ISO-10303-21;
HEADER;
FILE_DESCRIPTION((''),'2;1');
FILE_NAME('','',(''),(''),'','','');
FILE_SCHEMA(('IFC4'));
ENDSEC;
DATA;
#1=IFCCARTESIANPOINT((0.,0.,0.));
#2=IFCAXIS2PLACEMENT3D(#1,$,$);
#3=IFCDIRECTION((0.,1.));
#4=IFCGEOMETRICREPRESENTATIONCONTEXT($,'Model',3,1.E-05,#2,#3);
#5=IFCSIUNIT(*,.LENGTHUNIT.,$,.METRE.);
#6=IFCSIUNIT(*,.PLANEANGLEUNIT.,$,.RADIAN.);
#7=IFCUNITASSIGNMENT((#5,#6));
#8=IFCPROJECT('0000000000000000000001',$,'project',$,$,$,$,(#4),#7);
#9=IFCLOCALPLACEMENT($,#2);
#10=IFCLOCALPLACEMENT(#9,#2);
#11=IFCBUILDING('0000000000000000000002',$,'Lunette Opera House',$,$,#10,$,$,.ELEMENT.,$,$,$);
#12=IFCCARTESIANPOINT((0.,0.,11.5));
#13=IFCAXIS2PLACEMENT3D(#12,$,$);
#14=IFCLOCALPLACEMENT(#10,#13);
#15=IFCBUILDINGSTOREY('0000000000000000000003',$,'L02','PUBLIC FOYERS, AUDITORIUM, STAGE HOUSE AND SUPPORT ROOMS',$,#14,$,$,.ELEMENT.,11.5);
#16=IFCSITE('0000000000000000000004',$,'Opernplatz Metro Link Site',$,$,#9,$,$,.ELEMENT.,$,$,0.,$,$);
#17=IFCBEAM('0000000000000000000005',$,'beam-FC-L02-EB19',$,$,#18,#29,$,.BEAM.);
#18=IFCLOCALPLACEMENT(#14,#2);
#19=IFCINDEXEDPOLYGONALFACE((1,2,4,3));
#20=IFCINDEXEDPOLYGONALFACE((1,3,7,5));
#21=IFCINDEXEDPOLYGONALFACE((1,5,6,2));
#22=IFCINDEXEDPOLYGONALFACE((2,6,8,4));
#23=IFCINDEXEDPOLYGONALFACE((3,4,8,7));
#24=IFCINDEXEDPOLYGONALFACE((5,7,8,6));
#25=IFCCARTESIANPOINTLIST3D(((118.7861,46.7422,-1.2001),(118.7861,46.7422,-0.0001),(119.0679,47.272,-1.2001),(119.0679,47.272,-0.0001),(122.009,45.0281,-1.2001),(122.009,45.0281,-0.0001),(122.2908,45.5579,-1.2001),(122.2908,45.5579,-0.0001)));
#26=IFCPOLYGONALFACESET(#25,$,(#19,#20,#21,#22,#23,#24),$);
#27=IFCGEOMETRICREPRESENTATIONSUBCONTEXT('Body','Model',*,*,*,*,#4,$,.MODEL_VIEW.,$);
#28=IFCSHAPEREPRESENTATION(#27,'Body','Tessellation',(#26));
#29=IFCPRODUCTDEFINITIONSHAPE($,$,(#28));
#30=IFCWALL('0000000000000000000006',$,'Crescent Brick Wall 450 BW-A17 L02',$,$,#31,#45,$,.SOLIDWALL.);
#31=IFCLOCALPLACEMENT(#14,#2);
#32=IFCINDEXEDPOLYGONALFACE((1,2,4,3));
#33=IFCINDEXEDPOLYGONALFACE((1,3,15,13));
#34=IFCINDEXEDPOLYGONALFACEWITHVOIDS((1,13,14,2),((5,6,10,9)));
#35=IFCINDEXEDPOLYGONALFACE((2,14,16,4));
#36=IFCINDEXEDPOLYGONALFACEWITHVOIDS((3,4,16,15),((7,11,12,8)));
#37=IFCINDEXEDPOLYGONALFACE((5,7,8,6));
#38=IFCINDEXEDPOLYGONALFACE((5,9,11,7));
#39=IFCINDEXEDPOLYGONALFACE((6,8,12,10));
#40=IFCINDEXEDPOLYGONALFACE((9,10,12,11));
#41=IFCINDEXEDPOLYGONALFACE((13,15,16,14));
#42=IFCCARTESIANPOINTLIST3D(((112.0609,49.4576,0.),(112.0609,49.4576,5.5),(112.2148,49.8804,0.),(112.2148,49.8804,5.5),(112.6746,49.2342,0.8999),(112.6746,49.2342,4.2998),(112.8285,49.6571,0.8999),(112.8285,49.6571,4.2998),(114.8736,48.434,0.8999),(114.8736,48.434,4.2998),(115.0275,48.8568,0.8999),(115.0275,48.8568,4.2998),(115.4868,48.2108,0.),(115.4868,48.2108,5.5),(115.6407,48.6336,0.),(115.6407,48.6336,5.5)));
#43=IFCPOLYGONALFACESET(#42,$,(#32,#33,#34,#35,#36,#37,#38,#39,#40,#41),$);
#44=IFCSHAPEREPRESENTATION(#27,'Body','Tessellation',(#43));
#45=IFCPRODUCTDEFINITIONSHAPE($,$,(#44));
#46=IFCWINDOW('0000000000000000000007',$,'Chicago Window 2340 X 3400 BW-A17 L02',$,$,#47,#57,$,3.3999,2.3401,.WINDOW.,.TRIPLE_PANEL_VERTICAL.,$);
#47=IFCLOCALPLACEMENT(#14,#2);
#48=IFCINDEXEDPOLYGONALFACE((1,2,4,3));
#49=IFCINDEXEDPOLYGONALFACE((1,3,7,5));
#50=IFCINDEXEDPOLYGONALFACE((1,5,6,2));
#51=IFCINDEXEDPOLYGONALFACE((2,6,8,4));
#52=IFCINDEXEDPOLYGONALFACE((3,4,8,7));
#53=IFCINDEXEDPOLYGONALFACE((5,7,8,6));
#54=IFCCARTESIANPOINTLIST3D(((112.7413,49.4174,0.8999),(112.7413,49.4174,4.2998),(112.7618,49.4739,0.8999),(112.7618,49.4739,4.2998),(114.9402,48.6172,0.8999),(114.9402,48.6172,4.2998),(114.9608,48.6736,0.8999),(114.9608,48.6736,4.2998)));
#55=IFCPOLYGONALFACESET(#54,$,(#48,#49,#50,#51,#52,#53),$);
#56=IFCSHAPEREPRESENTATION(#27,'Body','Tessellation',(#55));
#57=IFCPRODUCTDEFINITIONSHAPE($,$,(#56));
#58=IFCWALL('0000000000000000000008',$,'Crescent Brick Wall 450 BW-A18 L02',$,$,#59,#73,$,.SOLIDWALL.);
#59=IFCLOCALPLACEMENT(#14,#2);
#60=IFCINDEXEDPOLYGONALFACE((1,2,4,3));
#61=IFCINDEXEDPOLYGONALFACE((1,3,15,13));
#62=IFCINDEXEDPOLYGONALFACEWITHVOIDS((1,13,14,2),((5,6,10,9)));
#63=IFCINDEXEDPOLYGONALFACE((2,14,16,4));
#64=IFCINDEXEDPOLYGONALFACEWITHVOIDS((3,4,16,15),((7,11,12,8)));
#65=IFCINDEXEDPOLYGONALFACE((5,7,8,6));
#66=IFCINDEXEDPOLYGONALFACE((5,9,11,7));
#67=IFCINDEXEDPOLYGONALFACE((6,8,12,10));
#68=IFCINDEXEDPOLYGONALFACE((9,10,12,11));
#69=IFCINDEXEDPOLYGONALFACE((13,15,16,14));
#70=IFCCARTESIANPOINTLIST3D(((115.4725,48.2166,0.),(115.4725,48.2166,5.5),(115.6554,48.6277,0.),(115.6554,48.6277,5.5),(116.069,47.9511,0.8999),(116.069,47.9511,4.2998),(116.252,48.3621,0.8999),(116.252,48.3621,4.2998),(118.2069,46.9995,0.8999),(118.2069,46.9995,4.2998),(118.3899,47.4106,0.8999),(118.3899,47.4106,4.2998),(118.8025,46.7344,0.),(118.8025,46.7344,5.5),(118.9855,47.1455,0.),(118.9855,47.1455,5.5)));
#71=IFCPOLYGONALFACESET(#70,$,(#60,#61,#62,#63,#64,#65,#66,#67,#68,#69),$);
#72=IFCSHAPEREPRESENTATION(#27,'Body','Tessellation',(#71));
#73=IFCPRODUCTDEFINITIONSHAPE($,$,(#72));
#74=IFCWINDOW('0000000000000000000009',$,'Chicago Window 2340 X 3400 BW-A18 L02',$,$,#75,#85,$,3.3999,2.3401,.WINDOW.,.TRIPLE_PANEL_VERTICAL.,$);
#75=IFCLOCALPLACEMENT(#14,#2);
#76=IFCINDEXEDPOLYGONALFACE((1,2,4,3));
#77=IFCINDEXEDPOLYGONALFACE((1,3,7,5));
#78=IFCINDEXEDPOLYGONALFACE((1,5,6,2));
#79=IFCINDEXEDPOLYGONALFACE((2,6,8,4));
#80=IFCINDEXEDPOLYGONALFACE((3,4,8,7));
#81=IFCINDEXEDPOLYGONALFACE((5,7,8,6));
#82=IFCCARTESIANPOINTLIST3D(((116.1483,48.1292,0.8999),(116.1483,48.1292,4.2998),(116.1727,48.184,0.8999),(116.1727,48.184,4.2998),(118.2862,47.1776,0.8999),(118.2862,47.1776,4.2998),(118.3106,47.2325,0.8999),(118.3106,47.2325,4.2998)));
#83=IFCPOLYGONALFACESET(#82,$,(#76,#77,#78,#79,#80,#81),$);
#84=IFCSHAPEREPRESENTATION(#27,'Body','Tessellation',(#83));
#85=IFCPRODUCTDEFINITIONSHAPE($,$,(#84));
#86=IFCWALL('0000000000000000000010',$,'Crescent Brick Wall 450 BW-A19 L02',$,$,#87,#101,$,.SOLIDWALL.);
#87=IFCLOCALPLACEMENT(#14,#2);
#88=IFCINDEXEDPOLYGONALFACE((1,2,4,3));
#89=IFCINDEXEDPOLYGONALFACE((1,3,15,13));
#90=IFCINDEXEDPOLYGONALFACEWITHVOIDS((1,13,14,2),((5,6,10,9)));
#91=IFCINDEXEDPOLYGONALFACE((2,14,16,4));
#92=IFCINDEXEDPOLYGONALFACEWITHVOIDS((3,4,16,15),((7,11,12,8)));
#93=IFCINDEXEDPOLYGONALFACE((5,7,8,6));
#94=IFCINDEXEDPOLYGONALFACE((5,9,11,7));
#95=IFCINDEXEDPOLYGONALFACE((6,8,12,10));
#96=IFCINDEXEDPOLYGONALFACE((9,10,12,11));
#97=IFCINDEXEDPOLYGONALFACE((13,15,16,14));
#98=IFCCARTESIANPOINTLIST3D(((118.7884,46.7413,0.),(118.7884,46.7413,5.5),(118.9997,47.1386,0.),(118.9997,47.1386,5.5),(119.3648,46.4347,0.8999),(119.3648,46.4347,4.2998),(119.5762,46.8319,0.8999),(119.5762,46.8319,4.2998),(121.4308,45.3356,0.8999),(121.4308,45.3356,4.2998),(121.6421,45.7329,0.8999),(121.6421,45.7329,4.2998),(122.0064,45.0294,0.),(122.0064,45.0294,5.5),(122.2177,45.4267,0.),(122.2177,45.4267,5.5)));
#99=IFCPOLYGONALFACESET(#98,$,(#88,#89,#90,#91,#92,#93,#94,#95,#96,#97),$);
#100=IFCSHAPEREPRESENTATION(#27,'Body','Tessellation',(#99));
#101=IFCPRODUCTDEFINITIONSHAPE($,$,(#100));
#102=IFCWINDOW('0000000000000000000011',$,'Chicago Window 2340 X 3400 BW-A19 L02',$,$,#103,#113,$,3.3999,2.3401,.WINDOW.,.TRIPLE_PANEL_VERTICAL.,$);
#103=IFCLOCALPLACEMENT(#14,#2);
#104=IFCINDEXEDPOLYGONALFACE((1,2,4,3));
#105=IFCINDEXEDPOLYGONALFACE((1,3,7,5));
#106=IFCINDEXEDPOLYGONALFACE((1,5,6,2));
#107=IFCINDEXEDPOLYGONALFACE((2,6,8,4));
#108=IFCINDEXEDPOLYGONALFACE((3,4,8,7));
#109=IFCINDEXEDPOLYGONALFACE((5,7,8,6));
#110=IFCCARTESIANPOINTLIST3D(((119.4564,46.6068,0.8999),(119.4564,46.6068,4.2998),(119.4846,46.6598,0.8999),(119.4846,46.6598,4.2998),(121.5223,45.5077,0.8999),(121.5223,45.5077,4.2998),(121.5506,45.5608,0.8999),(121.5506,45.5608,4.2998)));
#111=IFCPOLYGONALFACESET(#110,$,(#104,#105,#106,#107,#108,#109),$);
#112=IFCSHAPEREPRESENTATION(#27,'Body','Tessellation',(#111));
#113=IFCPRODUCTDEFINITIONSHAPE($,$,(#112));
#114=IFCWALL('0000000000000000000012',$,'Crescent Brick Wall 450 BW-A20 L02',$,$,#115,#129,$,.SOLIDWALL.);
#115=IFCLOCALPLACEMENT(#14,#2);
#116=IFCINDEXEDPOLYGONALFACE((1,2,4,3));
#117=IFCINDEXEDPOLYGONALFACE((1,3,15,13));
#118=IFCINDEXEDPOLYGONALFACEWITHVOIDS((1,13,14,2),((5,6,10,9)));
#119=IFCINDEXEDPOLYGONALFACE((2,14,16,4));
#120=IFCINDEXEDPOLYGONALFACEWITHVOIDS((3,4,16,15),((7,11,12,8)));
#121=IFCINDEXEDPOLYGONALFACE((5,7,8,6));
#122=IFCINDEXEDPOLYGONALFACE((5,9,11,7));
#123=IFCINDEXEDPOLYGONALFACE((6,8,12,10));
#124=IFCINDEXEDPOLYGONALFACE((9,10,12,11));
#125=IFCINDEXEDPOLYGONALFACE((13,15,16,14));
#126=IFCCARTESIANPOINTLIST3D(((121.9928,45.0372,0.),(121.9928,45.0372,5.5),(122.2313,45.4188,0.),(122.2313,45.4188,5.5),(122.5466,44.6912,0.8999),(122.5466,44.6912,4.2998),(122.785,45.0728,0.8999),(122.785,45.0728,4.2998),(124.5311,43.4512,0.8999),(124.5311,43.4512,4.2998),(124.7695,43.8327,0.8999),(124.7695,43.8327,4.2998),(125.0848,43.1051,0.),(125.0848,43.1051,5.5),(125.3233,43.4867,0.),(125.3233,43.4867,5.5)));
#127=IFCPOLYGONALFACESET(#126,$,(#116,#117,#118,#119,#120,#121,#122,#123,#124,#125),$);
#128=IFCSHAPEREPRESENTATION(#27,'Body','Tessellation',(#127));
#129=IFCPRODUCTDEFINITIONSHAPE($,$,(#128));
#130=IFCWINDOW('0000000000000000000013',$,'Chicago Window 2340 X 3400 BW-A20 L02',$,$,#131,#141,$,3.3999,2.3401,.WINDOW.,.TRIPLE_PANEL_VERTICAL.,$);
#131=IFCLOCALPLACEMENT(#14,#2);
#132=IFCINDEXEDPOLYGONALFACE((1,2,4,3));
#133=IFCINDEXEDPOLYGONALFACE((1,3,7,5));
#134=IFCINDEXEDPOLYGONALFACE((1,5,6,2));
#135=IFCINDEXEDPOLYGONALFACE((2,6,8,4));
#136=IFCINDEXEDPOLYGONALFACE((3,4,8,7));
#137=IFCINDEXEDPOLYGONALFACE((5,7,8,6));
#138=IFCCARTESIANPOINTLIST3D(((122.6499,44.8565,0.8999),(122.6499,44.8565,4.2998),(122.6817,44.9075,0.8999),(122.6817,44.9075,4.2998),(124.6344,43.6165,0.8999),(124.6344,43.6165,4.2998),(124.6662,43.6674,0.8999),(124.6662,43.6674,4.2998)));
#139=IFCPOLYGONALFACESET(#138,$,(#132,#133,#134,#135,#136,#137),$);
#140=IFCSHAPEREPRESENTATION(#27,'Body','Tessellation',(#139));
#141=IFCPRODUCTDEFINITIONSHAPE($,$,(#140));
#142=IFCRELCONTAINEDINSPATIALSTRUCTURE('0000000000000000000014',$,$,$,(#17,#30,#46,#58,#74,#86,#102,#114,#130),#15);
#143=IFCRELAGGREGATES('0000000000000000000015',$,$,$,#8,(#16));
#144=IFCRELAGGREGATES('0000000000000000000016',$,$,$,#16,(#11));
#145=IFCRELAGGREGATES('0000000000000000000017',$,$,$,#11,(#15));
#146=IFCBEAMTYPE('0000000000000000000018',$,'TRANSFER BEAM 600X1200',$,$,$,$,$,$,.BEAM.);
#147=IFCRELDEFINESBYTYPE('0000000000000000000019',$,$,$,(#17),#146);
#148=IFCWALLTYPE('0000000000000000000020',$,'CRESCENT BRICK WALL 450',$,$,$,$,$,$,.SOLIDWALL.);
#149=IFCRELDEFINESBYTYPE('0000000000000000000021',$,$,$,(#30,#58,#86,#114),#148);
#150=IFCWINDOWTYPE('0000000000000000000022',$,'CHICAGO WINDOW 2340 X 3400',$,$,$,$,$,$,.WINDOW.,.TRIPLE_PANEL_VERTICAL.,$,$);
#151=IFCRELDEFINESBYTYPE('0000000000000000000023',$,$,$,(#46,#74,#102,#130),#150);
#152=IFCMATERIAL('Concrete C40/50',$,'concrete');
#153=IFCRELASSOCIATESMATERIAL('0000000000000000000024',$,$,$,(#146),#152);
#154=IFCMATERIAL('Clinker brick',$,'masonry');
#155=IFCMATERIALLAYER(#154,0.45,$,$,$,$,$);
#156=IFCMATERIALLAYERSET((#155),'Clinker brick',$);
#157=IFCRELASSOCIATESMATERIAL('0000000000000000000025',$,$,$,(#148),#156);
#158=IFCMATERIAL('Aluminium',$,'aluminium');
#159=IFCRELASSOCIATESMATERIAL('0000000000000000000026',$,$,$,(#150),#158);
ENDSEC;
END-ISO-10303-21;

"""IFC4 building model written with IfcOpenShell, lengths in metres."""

from ifc_helpers import new_model, si_unit, direction, frame, frame_2d, origin, origin_2d, place, context, subcontext, project, spatial, rectangle, extrude, material, layer, layer_set, material_profile, profile_set, type_object, element, fill, save


model = new_model("IFC4")

# Units and contexts
model_context = context("Model", 3, precision=1e-05, world=origin(), true_north=direction((0.0, 1.0)))
body_context = subcontext(model_context, "Body", "Model", "MODEL_VIEW")
ifc_project = project(units=[si_unit("LENGTHUNIT", "METRE"), si_unit("PLANEANGLEUNIT", "RADIAN")], contexts=[model_context])

# Site, building, storey
site_placement = place(None, origin())
site = spatial("IfcSite", under=ifc_project, at=site_placement, Name="Opernplatz Metro Link Site", CompositionType="ELEMENT", RefElevation=0.0)
building_placement = place(site_placement, origin())
building = spatial("IfcBuilding", under=site, at=building_placement, Name="Lunette Opera House", CompositionType="ELEMENT")
storey_placement = place(building_placement, frame((0.0, 0.0, 11.5)))
storey = spatial("IfcBuildingStorey", under=building, at=storey_placement, Name="L02", Description="PUBLIC FOYERS, AUDITORIUM, STAGE HOUSE AND SUPPORT ROOMS", CompositionType="ELEMENT", Elevation=11.5)

# Beam
ifc_material_1 = material(Name="Concrete C40/50", Category="concrete")
ifc_material_profile_1 = material_profile(ifc_material_1, rectangle(XDim=0.6001, YDim=1.2, at=origin_2d()), Name="TRANSFER BEAM 600X1200")
ifc_profile_set_1 = profile_set([ifc_material_profile_1], Name="Concrete C40/50")
beam_type_1 = type_object("IfcBeamType", Name="TRANSFER BEAM 600X1200", PredefinedType="BEAM", material=ifc_profile_set_1)
beam_1_placement = place(storey_placement, frame((118.927, 47.0071, -0.6001), z_axis=(0.882895, -0.469571, 0.0), x_axis=(0.469571, 0.882895, 0.0)))
element("IfcBeam", 1, at=beam_1_placement, inside=storey, type_object=beam_type_1, Name="beam-FC-L02-EB19", PredefinedType="BEAM", context=body_context, shape_type="SweptSolid", body=[
    extrude(rectangle(XDim=0.6001, YDim=1.2, at=origin_2d()), origin(), (0.0, 0.0, 1.0), 3.6504),
])

# Walls, openings, windows
ifc_material_2 = material(Name="Clinker brick", Category="masonry")
ifc_layer_1 = layer(ifc_material_2, 0.45)
ifc_layer_set_1 = layer_set([ifc_layer_1], Name="Clinker brick")
wall_type_1 = type_object("IfcWallType", Name="CRESCENT BRICK WALL 450", PredefinedType="SOLIDWALL", material=ifc_layer_set_1)
wall_1_placement = place(storey_placement, frame((112.1379, 49.6689, 0.0), z_axis=(0.0, 0.0, 1.0), x_axis=(0.939705, -0.341985, 0.0)))
wall_1 = element("IfcWall", 2, at=wall_1_placement, inside=storey, type_object=wall_type_1, Name="Crescent Brick Wall 450 BW-A17 L02", PredefinedType="SOLIDWALL", context=body_context, shape_type="SweptSolid", body=[
    extrude(rectangle(XDim=3.6458, YDim=0.45, at=frame_2d((1.8228, 0.0))), origin(), (0.0, 0.0, 1.0), 5.5),
])
opening_1_placement = place(wall_1_placement, frame((0.6531, 0.0, 0.8999)))
opening_1 = element("IfcOpeningElement", 3, at=opening_1_placement, cuts=wall_1, PredefinedType="OPENING", context=body_context, shape_type="SweptSolid", body=[
    extrude(rectangle(XDim=2.3401, YDim=3.3999, at=frame_2d((1.1699, 1.7))), frame((0.0, 0.2371, 0.0), z_axis=(0.0, -1.0, 0.0), x_axis=(1.0, 0.0, 0.0)), (0.0, 0.0, 1.0), 0.4739),
])
ifc_material_3 = material(Name="Aluminium", Category="aluminium")
window_type = type_object("IfcWindowType", Name="CHICAGO WINDOW 2340 X 3400", PartitioningType="TRIPLE_PANEL_VERTICAL", PredefinedType="WINDOW", material=ifc_material_3)
window_1_placement = place(opening_1_placement, origin())
window_1 = element("IfcWindow", 4, at=window_1_placement, inside=storey, type_object=window_type, Name="Chicago Window 2340 X 3400 BW-A17 L02", OverallHeight=3.3999, OverallWidth=2.3401, PartitioningType="TRIPLE_PANEL_VERTICAL", PredefinedType="WINDOW", context=body_context, shape_type="SweptSolid", body=[
    extrude(rectangle(XDim=2.3401, YDim=3.3999, at=frame_2d((1.1699, 1.7))), frame((0.0, 0.03, 0.0), z_axis=(0.0, -1.0, 0.0), x_axis=(1.0, 0.0, 0.0)), (0.0, 0.0, 1.0), 0.0601),
])
fill(opening_1, window_1)
wall_2_placement = place(storey_placement, frame((115.564, 48.4221, 0.0), z_axis=(0.0, 0.0, 1.0), x_axis=(0.913593, -0.406629, 0.0)))
wall_2 = element("IfcWall", 5, at=wall_2_placement, inside=storey, type_object=wall_type_1, Name="Crescent Brick Wall 450 BW-A18 L02", PredefinedType="SOLIDWALL", context=body_context, shape_type="SweptSolid", body=[
    extrude(rectangle(XDim=3.645, YDim=0.45, at=frame_2d((1.8225, 0.0))), origin(), (0.0, 0.0, 1.0), 5.5),
])
opening_2_placement = place(wall_2_placement, frame((0.6531, 0.0, 0.8999)))
opening_2 = element("IfcOpeningElement", 6, at=opening_2_placement, cuts=wall_2, PredefinedType="OPENING", context=body_context, shape_type="SweptSolid", body=[
    extrude(rectangle(XDim=2.3401, YDim=3.3999, at=frame_2d((1.1699, 1.7))), frame((0.0, 0.2371, 0.0), z_axis=(0.0, -1.0, 0.0), x_axis=(1.0, 0.0, 0.0)), (0.0, 0.0, 1.0), 0.4739),
])
window_2_placement = place(opening_2_placement, origin())
window_2 = element("IfcWindow", 7, at=window_2_placement, inside=storey, type_object=window_type, Name="Chicago Window 2340 X 3400 BW-A18 L02", OverallHeight=3.3999, OverallWidth=2.3401, PartitioningType="TRIPLE_PANEL_VERTICAL", PredefinedType="WINDOW", context=body_context, shape_type="SweptSolid", body=[
    extrude(rectangle(XDim=2.3401, YDim=3.3999, at=frame_2d((1.1699, 1.7))), frame((0.0, 0.03, 0.0), z_axis=(0.0, -1.0, 0.0), x_axis=(1.0, 0.0, 0.0)), (0.0, 0.0, 1.0), 0.0601),
])
fill(opening_2, window_2)
wall_3_placement = place(storey_placement, frame((118.894, 46.9399, 0.0), z_axis=(0.0, 0.0, 1.0), x_axis=(0.882849, -0.469656, 0.0)))
wall_3 = element("IfcWall", 8, at=wall_3_placement, inside=storey, type_object=wall_type_1, Name="Crescent Brick Wall 450 BW-A19 L02", PredefinedType="SOLIDWALL", context=body_context, shape_type="SweptSolid", body=[
    extrude(rectangle(XDim=3.645, YDim=0.45, at=frame_2d((1.8225, 0.0))), origin(), (0.0, 0.0, 1.0), 5.5),
])
opening_3_placement = place(wall_3_placement, frame((0.6531, 0.0, 0.8999)))
opening_3 = element("IfcOpeningElement", 9, at=opening_3_placement, cuts=wall_3, PredefinedType="OPENING", context=body_context, shape_type="SweptSolid", body=[
    extrude(rectangle(XDim=2.3401, YDim=3.3999, at=frame_2d((1.1699, 1.7))), frame((0.0, 0.2371, 0.0), z_axis=(0.0, -1.0, 0.0), x_axis=(1.0, 0.0, 0.0)), (0.0, 0.0, 1.0), 0.4739),
])
window_3_placement = place(opening_3_placement, origin())
window_3 = element("IfcWindow", 10, at=window_3_placement, inside=storey, type_object=window_type, Name="Chicago Window 2340 X 3400 BW-A19 L02", OverallHeight=3.3999, OverallWidth=2.3401, PartitioningType="TRIPLE_PANEL_VERTICAL", PredefinedType="WINDOW", context=body_context, shape_type="SweptSolid", body=[
    extrude(rectangle(XDim=2.3401, YDim=3.3999, at=frame_2d((1.1699, 1.7))), frame((0.0, 0.03, 0.0), z_axis=(0.0, -1.0, 0.0), x_axis=(1.0, 0.0, 0.0)), (0.0, 0.0, 1.0), 0.0601),
])
fill(opening_3, window_3)
wall_4_placement = place(storey_placement, frame((122.1121, 45.228, 0.0), z_axis=(0.0, 0.0, 1.0), x_axis=(0.848047, -0.529921, 0.0)))
wall_4 = element("IfcWall", 11, at=wall_4_placement, inside=storey, type_object=wall_type_1, Name="Crescent Brick Wall 450 BW-A20 L02", PredefinedType="SOLIDWALL", context=body_context, shape_type="SweptSolid", body=[
    extrude(rectangle(XDim=3.646, YDim=0.45, at=frame_2d((1.823, 0.0))), origin(), (0.0, 0.0, 1.0), 5.5),
])
opening_4_placement = place(wall_4_placement, frame((0.6531, 0.0, 0.8999)))
opening_4 = element("IfcOpeningElement", 12, at=opening_4_placement, cuts=wall_4, PredefinedType="OPENING", context=body_context, shape_type="SweptSolid", body=[
    extrude(rectangle(XDim=2.3401, YDim=3.3999, at=frame_2d((1.1699, 1.7))), frame((0.0, 0.2371, 0.0), z_axis=(0.0, -1.0, 0.0), x_axis=(1.0, 0.0, 0.0)), (0.0, 0.0, 1.0), 0.4739),
])
window_4_placement = place(opening_4_placement, origin())
window_4 = element("IfcWindow", 13, at=window_4_placement, inside=storey, type_object=window_type, Name="Chicago Window 2340 X 3400 BW-A20 L02", OverallHeight=3.3999, OverallWidth=2.3401, PartitioningType="TRIPLE_PANEL_VERTICAL", PredefinedType="WINDOW", context=body_context, shape_type="SweptSolid", body=[
    extrude(rectangle(XDim=2.3401, YDim=3.3999, at=frame_2d((1.1699, 1.7))), frame((0.0, 0.03, 0.0), z_axis=(0.0, -1.0, 0.0), x_axis=(1.0, 0.0, 0.0)), (0.0, 0.0, 1.0), 0.0601),
])
fill(opening_4, window_4)

save(model, "model.ifc")
